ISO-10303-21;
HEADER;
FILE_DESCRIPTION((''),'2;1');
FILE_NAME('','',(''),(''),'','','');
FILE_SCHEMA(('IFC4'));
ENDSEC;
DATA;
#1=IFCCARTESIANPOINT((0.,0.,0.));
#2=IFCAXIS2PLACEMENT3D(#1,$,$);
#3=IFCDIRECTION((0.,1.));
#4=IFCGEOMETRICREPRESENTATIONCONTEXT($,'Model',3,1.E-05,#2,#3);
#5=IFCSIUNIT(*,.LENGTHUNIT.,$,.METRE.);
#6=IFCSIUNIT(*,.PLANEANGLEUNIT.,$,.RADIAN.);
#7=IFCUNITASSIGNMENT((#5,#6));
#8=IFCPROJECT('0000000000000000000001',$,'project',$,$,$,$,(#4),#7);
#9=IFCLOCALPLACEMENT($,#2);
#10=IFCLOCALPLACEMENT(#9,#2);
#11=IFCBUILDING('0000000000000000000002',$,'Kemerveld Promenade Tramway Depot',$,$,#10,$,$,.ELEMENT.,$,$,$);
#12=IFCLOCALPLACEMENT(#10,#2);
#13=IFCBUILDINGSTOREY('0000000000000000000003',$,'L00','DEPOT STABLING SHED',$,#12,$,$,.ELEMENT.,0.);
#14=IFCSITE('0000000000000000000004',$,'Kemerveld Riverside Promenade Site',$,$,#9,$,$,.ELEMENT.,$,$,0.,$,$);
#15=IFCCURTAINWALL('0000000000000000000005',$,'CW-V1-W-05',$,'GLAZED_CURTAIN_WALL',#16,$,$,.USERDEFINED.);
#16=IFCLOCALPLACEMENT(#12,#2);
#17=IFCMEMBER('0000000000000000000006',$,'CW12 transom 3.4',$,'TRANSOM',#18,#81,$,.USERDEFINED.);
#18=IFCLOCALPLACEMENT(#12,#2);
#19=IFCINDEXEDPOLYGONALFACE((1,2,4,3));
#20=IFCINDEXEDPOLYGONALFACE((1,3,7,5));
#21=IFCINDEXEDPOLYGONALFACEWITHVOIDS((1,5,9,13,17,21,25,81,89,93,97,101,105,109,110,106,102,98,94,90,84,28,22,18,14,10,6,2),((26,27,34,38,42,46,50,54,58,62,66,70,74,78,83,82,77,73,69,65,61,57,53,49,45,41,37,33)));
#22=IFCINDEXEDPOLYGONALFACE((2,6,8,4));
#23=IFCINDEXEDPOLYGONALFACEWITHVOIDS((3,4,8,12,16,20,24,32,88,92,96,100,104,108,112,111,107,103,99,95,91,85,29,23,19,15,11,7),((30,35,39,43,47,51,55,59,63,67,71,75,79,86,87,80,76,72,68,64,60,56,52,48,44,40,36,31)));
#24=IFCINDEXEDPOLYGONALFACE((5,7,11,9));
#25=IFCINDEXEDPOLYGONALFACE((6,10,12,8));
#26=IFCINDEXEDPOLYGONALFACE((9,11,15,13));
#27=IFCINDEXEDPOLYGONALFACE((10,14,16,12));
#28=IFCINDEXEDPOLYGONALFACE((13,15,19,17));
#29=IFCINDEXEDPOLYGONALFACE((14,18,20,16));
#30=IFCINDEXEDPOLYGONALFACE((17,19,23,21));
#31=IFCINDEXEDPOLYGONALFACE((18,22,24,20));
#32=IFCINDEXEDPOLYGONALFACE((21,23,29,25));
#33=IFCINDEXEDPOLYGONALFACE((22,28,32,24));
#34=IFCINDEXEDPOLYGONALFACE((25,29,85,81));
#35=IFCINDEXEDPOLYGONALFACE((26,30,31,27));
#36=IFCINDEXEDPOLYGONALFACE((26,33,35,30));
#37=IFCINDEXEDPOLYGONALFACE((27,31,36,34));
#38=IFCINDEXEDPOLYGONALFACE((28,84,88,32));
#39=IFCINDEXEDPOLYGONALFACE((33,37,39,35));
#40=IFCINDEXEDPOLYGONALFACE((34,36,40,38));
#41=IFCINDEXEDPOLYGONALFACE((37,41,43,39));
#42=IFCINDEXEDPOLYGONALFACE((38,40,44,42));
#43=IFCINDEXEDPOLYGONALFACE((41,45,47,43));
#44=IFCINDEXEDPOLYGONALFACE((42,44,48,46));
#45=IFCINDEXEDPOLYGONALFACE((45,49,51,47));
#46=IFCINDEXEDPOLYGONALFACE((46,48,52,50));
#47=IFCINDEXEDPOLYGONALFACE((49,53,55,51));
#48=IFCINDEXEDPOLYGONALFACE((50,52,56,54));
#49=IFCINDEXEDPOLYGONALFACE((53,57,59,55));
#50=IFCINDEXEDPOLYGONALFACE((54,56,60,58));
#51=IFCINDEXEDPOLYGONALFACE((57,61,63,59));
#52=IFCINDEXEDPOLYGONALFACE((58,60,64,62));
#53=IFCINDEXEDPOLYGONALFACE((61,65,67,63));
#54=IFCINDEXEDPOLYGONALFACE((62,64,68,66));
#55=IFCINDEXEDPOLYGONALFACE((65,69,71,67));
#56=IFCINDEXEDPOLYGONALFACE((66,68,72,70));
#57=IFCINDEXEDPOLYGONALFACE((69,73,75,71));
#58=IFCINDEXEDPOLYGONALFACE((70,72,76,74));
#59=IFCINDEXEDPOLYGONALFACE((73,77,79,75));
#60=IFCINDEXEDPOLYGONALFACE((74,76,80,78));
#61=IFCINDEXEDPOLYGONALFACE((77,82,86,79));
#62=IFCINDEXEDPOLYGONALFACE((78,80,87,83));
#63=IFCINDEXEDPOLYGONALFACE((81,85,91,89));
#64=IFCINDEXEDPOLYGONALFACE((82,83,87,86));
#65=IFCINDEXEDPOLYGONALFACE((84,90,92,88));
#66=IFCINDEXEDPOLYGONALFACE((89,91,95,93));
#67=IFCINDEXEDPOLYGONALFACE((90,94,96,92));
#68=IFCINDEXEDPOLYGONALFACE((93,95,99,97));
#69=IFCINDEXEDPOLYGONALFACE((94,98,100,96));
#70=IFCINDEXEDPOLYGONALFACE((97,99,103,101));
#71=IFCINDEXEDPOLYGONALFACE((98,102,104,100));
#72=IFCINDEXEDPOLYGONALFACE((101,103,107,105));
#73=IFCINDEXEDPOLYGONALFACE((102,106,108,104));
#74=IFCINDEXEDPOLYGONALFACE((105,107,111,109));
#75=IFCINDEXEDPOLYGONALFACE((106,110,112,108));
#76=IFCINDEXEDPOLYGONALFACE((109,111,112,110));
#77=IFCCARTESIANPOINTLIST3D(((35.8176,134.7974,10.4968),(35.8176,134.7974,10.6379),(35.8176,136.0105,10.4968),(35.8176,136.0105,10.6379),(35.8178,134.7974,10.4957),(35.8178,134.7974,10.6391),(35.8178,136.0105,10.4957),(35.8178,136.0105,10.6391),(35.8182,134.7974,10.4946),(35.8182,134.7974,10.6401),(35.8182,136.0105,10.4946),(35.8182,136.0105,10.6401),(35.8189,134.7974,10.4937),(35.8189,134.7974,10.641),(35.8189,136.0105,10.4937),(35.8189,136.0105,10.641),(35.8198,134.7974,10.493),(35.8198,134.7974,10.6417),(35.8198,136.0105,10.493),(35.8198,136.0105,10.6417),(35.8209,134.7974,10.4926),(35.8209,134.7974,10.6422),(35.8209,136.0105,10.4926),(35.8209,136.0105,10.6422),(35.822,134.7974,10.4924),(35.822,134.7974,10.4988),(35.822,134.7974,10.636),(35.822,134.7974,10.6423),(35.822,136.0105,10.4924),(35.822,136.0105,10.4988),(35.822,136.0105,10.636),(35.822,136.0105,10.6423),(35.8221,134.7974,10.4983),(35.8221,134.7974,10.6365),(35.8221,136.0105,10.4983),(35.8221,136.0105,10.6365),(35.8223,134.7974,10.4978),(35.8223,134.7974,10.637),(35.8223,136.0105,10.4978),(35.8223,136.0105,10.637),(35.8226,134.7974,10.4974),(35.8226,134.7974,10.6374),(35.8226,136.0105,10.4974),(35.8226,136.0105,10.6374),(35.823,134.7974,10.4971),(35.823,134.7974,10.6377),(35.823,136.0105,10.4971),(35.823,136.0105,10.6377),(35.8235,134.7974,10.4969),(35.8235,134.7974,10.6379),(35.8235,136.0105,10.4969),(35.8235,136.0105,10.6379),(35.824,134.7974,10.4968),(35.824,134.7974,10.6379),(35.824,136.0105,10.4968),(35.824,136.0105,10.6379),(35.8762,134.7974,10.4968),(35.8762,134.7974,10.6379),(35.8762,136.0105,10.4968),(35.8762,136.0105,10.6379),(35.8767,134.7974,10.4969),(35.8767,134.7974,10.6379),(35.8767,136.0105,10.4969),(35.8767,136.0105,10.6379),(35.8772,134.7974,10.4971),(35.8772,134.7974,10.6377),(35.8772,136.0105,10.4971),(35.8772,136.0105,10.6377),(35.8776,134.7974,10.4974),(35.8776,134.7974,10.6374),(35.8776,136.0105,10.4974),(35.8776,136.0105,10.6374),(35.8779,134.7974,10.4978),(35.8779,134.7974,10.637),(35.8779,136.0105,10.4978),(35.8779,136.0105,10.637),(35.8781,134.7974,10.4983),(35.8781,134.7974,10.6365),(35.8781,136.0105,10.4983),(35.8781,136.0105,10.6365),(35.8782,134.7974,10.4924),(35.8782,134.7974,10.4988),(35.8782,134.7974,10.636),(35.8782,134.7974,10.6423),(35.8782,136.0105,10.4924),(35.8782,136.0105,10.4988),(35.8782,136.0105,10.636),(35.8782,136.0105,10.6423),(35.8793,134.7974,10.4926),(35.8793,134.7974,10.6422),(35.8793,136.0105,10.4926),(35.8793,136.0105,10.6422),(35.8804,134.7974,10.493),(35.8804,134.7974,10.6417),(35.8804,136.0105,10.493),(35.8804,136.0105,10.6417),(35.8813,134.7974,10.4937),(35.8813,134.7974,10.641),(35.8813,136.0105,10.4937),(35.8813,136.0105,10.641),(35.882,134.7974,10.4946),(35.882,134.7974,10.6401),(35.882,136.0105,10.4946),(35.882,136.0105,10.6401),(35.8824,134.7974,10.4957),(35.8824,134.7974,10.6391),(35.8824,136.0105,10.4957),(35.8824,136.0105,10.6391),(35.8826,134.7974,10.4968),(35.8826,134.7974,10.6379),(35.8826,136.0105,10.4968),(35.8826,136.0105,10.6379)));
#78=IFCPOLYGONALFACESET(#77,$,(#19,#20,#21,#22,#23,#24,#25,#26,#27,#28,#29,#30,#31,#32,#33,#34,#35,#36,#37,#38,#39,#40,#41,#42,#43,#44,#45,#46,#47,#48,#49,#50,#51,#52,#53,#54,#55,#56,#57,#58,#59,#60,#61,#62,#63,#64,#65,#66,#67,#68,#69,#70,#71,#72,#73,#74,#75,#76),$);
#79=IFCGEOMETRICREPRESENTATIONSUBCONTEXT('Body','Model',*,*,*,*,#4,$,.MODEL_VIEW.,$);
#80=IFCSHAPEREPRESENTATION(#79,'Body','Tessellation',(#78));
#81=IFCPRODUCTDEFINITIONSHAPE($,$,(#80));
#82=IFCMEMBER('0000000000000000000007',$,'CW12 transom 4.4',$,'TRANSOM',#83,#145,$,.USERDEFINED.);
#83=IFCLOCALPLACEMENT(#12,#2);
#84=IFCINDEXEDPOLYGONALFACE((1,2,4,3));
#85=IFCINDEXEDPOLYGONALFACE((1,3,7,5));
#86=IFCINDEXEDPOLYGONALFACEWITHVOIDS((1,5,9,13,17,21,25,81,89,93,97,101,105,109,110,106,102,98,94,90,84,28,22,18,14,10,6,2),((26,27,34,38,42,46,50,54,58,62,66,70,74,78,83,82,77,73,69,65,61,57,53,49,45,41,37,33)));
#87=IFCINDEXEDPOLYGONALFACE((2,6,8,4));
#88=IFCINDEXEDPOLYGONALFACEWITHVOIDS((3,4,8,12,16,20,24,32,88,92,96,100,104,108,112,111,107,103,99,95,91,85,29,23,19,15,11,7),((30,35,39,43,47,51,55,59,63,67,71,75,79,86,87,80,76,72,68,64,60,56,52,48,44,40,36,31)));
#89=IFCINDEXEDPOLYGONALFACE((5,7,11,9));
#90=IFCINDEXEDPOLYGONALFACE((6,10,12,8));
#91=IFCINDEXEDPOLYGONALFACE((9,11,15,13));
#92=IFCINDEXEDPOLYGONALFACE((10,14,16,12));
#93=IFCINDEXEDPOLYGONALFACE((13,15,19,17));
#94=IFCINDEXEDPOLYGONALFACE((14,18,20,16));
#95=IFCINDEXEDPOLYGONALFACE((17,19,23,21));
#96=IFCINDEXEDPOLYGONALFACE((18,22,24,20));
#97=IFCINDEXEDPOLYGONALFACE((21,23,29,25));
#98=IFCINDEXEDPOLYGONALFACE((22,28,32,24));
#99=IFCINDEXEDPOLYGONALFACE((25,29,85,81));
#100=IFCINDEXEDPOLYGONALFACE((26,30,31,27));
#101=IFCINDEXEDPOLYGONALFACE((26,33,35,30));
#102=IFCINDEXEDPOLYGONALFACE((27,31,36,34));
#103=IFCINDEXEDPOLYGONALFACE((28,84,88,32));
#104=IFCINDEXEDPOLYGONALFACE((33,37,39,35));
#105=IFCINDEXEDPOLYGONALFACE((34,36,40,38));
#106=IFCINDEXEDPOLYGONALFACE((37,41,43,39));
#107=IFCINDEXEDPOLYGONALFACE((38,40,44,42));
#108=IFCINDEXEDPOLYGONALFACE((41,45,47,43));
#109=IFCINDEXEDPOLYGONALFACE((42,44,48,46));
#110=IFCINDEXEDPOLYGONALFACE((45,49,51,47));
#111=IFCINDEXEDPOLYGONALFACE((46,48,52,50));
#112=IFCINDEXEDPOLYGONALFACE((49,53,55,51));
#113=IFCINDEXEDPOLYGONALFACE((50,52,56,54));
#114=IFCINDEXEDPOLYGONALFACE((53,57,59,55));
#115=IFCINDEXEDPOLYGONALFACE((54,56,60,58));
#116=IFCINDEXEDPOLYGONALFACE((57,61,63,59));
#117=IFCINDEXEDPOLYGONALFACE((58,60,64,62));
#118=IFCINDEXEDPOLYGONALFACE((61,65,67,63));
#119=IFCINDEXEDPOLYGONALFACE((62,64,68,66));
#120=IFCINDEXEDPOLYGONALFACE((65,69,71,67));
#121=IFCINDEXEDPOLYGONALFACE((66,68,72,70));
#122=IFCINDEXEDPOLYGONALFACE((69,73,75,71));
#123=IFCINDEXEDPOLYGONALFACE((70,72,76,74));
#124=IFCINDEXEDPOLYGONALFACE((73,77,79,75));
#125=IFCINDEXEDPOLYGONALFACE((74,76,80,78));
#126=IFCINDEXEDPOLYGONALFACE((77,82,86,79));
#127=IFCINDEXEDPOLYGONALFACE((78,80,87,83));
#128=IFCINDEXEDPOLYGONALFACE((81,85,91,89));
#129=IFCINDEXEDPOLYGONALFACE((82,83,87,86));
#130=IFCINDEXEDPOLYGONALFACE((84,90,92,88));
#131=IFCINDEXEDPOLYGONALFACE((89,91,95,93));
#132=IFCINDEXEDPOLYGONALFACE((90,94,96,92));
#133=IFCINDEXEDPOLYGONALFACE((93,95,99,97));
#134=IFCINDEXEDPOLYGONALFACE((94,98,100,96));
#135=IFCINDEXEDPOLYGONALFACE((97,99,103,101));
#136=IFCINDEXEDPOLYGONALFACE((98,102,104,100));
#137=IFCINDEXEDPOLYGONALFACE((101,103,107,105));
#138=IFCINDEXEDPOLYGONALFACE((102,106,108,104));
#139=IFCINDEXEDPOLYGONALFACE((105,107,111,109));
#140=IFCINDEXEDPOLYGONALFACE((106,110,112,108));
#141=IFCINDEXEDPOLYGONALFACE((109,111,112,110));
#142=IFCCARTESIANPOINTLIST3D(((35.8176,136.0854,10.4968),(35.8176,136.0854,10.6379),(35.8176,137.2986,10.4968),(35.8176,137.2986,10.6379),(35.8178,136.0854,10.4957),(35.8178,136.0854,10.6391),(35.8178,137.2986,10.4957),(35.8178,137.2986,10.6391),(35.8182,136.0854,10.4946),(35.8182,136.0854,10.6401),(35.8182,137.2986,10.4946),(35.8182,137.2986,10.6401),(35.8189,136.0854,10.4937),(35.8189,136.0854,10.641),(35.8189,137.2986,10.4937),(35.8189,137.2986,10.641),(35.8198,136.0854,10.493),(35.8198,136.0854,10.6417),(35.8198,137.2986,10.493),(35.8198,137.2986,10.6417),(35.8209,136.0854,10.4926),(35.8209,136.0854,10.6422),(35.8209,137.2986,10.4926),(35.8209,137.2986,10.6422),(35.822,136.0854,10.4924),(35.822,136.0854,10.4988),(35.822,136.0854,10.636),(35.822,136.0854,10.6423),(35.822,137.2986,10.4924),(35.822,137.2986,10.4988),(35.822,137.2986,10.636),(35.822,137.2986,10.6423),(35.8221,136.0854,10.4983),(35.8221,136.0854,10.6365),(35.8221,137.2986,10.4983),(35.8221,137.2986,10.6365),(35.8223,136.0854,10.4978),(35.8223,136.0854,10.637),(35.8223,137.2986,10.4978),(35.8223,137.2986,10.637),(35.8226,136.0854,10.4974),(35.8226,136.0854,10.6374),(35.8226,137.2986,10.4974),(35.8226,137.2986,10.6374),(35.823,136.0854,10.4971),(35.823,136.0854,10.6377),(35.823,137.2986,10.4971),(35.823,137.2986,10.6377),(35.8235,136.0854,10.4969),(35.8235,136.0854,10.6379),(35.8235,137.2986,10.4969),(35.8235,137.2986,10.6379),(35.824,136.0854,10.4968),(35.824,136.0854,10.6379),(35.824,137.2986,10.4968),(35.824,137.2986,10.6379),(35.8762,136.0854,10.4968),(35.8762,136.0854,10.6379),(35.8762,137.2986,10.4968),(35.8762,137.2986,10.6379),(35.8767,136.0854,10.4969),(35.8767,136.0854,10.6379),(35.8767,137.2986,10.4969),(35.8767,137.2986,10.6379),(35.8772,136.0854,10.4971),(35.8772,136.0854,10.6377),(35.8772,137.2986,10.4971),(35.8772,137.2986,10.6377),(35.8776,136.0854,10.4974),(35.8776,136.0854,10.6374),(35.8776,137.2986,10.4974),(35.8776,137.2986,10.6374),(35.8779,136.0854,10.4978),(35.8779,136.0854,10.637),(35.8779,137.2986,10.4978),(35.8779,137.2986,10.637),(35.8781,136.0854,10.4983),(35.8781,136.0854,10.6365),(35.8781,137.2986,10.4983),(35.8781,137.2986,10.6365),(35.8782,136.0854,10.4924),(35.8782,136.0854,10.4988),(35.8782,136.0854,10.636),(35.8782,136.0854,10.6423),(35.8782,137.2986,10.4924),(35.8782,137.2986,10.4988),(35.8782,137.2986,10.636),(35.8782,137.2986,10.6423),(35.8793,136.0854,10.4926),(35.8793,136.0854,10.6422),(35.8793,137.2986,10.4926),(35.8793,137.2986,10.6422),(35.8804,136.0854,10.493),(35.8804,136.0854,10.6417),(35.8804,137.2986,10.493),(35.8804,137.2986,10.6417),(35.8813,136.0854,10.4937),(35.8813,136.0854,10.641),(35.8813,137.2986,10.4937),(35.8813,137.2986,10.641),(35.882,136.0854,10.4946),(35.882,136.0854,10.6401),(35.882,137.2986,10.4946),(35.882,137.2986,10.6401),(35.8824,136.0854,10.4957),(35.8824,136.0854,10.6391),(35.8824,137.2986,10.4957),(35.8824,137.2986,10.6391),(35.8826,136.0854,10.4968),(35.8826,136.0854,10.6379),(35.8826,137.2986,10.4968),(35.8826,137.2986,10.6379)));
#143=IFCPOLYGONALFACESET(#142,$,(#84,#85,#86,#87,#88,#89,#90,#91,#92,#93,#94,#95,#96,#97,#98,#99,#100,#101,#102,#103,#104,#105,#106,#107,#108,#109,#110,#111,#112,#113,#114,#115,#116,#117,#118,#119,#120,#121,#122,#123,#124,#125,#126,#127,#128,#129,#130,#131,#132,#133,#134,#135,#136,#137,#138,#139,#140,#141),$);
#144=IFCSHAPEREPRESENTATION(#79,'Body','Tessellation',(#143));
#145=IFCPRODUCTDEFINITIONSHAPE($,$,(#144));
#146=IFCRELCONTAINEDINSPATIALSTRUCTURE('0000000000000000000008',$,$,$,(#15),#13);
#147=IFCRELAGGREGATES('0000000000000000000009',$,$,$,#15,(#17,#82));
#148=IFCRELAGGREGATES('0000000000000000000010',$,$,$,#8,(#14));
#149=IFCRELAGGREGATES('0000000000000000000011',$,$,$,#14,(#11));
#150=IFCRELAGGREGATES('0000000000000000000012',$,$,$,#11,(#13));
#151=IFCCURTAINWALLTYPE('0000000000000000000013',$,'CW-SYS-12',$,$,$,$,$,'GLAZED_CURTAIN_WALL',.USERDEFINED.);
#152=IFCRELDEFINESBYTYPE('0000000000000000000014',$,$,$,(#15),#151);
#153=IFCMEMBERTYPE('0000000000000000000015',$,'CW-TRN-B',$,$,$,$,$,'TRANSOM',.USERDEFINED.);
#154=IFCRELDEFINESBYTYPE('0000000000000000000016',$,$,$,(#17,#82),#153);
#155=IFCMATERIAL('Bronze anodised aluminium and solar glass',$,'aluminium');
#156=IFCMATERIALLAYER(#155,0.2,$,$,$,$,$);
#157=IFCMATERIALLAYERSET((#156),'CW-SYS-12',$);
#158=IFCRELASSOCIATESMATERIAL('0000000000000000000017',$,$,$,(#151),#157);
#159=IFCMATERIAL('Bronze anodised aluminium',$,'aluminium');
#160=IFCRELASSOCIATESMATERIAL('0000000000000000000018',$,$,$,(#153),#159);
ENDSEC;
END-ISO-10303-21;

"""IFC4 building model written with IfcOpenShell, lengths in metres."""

from ifc_helpers import new_model, si_unit, direction, frame, origin, origin_2d, place, context, subcontext, project, spatial, hollow_rectangle, extrude, material, layer, layer_set, material_profile, profile_set, type_object, element, aggregate, save


model = new_model("IFC4")

# Units and contexts
model_context = context("Model", 3, precision=1e-05, world=origin(), true_north=direction((0.0, 1.0)))
body_context = subcontext(model_context, "Body", "Model", "MODEL_VIEW")
ifc_project = project(units=[si_unit("LENGTHUNIT", "METRE"), si_unit("PLANEANGLEUNIT", "RADIAN")], contexts=[model_context])

# Site, building, storey
site_placement = place(None, origin())
site = spatial("IfcSite", under=ifc_project, at=site_placement, Name="Kemerveld Riverside Promenade Site", CompositionType="ELEMENT", RefElevation=0.0)
building_placement = place(site_placement, origin())
building = spatial("IfcBuilding", under=site, at=building_placement, Name="Kemerveld Promenade Tramway Depot", CompositionType="ELEMENT")
storey_placement = place(building_placement, origin())
storey = spatial("IfcBuildingStorey", under=building, at=storey_placement, Name="L00", Description="DEPOT STABLING SHED", CompositionType="ELEMENT", Elevation=0.0)

# Curtain wall, members
ifc_material_1 = material(Name="Bronze anodised aluminium and solar glass", Category="aluminium")
ifc_layer_1 = layer(ifc_material_1, 0.2)
ifc_layer_set_1 = layer_set([ifc_layer_1], Name="CW-SYS-12")
curtain_wall_type = type_object("IfcCurtainWallType", Name="CW-SYS-12", ElementType="GLAZED_CURTAIN_WALL", PredefinedType="USERDEFINED", material=ifc_layer_set_1)
curtain_wall_placement = place(storey_placement, origin())
curtain_wall = element("IfcCurtainWall", 1, at=curtain_wall_placement, inside=storey, type_object=curtain_wall_type, Name="CW-V1-W-05", ObjectType="GLAZED_CURTAIN_WALL", PredefinedType="USERDEFINED")
ifc_material_2 = material(Name="Bronze anodised aluminium", Category="aluminium")
ifc_material_profile_1 = material_profile(ifc_material_2, hollow_rectangle(XDim=0.0649, YDim=0.1499, WallThickness=0.0044, InnerFilletRadius=0.002, OuterFilletRadius=0.0044, at=origin_2d()), Name="CW-TRN-150x65")
ifc_profile_set_1 = profile_set([ifc_material_profile_1], Name="Bronze anodised aluminium")
member_type_1 = type_object("IfcMemberType", Name="CW-TRN-B", ElementType="TRANSOM", PredefinedType="USERDEFINED", material=ifc_profile_set_1)
member_1_placement = place(storey_placement, frame((35.8501, 134.7974, 10.5674), z_axis=(0.0, 1.0, 0.0), x_axis=(-1.0, 0.0, 0.0)))
member_1 = element("IfcMember", 2, at=member_1_placement, type_object=member_type_1, Name="CW12 transom 3.4", ObjectType="TRANSOM", PredefinedType="USERDEFINED", context=body_context, shape_type="SweptSolid", body=[
    extrude(hollow_rectangle(XDim=0.0649, YDim=0.1499, WallThickness=0.0044, InnerFilletRadius=0.002, OuterFilletRadius=0.0044, at=origin_2d()), origin(), (0.0, 0.0, 1.0), 1.2131),
])
member_2_placement = place(storey_placement, frame((35.8501, 136.0854, 10.5674), z_axis=(0.0, 1.0, 0.0), x_axis=(-1.0, 0.0, 0.0)))
member_2 = element("IfcMember", 3, at=member_2_placement, type_object=member_type_1, Name="CW12 transom 4.4", ObjectType="TRANSOM", PredefinedType="USERDEFINED", context=body_context, shape_type="SweptSolid", body=[
    extrude(hollow_rectangle(XDim=0.0649, YDim=0.1499, WallThickness=0.0044, InnerFilletRadius=0.002, OuterFilletRadius=0.0044, at=origin_2d()), origin(), (0.0, 0.0, 1.0), 1.2131),
])

aggregate(curtain_wall, [member_1, member_2])

save(model, "model.ifc")
